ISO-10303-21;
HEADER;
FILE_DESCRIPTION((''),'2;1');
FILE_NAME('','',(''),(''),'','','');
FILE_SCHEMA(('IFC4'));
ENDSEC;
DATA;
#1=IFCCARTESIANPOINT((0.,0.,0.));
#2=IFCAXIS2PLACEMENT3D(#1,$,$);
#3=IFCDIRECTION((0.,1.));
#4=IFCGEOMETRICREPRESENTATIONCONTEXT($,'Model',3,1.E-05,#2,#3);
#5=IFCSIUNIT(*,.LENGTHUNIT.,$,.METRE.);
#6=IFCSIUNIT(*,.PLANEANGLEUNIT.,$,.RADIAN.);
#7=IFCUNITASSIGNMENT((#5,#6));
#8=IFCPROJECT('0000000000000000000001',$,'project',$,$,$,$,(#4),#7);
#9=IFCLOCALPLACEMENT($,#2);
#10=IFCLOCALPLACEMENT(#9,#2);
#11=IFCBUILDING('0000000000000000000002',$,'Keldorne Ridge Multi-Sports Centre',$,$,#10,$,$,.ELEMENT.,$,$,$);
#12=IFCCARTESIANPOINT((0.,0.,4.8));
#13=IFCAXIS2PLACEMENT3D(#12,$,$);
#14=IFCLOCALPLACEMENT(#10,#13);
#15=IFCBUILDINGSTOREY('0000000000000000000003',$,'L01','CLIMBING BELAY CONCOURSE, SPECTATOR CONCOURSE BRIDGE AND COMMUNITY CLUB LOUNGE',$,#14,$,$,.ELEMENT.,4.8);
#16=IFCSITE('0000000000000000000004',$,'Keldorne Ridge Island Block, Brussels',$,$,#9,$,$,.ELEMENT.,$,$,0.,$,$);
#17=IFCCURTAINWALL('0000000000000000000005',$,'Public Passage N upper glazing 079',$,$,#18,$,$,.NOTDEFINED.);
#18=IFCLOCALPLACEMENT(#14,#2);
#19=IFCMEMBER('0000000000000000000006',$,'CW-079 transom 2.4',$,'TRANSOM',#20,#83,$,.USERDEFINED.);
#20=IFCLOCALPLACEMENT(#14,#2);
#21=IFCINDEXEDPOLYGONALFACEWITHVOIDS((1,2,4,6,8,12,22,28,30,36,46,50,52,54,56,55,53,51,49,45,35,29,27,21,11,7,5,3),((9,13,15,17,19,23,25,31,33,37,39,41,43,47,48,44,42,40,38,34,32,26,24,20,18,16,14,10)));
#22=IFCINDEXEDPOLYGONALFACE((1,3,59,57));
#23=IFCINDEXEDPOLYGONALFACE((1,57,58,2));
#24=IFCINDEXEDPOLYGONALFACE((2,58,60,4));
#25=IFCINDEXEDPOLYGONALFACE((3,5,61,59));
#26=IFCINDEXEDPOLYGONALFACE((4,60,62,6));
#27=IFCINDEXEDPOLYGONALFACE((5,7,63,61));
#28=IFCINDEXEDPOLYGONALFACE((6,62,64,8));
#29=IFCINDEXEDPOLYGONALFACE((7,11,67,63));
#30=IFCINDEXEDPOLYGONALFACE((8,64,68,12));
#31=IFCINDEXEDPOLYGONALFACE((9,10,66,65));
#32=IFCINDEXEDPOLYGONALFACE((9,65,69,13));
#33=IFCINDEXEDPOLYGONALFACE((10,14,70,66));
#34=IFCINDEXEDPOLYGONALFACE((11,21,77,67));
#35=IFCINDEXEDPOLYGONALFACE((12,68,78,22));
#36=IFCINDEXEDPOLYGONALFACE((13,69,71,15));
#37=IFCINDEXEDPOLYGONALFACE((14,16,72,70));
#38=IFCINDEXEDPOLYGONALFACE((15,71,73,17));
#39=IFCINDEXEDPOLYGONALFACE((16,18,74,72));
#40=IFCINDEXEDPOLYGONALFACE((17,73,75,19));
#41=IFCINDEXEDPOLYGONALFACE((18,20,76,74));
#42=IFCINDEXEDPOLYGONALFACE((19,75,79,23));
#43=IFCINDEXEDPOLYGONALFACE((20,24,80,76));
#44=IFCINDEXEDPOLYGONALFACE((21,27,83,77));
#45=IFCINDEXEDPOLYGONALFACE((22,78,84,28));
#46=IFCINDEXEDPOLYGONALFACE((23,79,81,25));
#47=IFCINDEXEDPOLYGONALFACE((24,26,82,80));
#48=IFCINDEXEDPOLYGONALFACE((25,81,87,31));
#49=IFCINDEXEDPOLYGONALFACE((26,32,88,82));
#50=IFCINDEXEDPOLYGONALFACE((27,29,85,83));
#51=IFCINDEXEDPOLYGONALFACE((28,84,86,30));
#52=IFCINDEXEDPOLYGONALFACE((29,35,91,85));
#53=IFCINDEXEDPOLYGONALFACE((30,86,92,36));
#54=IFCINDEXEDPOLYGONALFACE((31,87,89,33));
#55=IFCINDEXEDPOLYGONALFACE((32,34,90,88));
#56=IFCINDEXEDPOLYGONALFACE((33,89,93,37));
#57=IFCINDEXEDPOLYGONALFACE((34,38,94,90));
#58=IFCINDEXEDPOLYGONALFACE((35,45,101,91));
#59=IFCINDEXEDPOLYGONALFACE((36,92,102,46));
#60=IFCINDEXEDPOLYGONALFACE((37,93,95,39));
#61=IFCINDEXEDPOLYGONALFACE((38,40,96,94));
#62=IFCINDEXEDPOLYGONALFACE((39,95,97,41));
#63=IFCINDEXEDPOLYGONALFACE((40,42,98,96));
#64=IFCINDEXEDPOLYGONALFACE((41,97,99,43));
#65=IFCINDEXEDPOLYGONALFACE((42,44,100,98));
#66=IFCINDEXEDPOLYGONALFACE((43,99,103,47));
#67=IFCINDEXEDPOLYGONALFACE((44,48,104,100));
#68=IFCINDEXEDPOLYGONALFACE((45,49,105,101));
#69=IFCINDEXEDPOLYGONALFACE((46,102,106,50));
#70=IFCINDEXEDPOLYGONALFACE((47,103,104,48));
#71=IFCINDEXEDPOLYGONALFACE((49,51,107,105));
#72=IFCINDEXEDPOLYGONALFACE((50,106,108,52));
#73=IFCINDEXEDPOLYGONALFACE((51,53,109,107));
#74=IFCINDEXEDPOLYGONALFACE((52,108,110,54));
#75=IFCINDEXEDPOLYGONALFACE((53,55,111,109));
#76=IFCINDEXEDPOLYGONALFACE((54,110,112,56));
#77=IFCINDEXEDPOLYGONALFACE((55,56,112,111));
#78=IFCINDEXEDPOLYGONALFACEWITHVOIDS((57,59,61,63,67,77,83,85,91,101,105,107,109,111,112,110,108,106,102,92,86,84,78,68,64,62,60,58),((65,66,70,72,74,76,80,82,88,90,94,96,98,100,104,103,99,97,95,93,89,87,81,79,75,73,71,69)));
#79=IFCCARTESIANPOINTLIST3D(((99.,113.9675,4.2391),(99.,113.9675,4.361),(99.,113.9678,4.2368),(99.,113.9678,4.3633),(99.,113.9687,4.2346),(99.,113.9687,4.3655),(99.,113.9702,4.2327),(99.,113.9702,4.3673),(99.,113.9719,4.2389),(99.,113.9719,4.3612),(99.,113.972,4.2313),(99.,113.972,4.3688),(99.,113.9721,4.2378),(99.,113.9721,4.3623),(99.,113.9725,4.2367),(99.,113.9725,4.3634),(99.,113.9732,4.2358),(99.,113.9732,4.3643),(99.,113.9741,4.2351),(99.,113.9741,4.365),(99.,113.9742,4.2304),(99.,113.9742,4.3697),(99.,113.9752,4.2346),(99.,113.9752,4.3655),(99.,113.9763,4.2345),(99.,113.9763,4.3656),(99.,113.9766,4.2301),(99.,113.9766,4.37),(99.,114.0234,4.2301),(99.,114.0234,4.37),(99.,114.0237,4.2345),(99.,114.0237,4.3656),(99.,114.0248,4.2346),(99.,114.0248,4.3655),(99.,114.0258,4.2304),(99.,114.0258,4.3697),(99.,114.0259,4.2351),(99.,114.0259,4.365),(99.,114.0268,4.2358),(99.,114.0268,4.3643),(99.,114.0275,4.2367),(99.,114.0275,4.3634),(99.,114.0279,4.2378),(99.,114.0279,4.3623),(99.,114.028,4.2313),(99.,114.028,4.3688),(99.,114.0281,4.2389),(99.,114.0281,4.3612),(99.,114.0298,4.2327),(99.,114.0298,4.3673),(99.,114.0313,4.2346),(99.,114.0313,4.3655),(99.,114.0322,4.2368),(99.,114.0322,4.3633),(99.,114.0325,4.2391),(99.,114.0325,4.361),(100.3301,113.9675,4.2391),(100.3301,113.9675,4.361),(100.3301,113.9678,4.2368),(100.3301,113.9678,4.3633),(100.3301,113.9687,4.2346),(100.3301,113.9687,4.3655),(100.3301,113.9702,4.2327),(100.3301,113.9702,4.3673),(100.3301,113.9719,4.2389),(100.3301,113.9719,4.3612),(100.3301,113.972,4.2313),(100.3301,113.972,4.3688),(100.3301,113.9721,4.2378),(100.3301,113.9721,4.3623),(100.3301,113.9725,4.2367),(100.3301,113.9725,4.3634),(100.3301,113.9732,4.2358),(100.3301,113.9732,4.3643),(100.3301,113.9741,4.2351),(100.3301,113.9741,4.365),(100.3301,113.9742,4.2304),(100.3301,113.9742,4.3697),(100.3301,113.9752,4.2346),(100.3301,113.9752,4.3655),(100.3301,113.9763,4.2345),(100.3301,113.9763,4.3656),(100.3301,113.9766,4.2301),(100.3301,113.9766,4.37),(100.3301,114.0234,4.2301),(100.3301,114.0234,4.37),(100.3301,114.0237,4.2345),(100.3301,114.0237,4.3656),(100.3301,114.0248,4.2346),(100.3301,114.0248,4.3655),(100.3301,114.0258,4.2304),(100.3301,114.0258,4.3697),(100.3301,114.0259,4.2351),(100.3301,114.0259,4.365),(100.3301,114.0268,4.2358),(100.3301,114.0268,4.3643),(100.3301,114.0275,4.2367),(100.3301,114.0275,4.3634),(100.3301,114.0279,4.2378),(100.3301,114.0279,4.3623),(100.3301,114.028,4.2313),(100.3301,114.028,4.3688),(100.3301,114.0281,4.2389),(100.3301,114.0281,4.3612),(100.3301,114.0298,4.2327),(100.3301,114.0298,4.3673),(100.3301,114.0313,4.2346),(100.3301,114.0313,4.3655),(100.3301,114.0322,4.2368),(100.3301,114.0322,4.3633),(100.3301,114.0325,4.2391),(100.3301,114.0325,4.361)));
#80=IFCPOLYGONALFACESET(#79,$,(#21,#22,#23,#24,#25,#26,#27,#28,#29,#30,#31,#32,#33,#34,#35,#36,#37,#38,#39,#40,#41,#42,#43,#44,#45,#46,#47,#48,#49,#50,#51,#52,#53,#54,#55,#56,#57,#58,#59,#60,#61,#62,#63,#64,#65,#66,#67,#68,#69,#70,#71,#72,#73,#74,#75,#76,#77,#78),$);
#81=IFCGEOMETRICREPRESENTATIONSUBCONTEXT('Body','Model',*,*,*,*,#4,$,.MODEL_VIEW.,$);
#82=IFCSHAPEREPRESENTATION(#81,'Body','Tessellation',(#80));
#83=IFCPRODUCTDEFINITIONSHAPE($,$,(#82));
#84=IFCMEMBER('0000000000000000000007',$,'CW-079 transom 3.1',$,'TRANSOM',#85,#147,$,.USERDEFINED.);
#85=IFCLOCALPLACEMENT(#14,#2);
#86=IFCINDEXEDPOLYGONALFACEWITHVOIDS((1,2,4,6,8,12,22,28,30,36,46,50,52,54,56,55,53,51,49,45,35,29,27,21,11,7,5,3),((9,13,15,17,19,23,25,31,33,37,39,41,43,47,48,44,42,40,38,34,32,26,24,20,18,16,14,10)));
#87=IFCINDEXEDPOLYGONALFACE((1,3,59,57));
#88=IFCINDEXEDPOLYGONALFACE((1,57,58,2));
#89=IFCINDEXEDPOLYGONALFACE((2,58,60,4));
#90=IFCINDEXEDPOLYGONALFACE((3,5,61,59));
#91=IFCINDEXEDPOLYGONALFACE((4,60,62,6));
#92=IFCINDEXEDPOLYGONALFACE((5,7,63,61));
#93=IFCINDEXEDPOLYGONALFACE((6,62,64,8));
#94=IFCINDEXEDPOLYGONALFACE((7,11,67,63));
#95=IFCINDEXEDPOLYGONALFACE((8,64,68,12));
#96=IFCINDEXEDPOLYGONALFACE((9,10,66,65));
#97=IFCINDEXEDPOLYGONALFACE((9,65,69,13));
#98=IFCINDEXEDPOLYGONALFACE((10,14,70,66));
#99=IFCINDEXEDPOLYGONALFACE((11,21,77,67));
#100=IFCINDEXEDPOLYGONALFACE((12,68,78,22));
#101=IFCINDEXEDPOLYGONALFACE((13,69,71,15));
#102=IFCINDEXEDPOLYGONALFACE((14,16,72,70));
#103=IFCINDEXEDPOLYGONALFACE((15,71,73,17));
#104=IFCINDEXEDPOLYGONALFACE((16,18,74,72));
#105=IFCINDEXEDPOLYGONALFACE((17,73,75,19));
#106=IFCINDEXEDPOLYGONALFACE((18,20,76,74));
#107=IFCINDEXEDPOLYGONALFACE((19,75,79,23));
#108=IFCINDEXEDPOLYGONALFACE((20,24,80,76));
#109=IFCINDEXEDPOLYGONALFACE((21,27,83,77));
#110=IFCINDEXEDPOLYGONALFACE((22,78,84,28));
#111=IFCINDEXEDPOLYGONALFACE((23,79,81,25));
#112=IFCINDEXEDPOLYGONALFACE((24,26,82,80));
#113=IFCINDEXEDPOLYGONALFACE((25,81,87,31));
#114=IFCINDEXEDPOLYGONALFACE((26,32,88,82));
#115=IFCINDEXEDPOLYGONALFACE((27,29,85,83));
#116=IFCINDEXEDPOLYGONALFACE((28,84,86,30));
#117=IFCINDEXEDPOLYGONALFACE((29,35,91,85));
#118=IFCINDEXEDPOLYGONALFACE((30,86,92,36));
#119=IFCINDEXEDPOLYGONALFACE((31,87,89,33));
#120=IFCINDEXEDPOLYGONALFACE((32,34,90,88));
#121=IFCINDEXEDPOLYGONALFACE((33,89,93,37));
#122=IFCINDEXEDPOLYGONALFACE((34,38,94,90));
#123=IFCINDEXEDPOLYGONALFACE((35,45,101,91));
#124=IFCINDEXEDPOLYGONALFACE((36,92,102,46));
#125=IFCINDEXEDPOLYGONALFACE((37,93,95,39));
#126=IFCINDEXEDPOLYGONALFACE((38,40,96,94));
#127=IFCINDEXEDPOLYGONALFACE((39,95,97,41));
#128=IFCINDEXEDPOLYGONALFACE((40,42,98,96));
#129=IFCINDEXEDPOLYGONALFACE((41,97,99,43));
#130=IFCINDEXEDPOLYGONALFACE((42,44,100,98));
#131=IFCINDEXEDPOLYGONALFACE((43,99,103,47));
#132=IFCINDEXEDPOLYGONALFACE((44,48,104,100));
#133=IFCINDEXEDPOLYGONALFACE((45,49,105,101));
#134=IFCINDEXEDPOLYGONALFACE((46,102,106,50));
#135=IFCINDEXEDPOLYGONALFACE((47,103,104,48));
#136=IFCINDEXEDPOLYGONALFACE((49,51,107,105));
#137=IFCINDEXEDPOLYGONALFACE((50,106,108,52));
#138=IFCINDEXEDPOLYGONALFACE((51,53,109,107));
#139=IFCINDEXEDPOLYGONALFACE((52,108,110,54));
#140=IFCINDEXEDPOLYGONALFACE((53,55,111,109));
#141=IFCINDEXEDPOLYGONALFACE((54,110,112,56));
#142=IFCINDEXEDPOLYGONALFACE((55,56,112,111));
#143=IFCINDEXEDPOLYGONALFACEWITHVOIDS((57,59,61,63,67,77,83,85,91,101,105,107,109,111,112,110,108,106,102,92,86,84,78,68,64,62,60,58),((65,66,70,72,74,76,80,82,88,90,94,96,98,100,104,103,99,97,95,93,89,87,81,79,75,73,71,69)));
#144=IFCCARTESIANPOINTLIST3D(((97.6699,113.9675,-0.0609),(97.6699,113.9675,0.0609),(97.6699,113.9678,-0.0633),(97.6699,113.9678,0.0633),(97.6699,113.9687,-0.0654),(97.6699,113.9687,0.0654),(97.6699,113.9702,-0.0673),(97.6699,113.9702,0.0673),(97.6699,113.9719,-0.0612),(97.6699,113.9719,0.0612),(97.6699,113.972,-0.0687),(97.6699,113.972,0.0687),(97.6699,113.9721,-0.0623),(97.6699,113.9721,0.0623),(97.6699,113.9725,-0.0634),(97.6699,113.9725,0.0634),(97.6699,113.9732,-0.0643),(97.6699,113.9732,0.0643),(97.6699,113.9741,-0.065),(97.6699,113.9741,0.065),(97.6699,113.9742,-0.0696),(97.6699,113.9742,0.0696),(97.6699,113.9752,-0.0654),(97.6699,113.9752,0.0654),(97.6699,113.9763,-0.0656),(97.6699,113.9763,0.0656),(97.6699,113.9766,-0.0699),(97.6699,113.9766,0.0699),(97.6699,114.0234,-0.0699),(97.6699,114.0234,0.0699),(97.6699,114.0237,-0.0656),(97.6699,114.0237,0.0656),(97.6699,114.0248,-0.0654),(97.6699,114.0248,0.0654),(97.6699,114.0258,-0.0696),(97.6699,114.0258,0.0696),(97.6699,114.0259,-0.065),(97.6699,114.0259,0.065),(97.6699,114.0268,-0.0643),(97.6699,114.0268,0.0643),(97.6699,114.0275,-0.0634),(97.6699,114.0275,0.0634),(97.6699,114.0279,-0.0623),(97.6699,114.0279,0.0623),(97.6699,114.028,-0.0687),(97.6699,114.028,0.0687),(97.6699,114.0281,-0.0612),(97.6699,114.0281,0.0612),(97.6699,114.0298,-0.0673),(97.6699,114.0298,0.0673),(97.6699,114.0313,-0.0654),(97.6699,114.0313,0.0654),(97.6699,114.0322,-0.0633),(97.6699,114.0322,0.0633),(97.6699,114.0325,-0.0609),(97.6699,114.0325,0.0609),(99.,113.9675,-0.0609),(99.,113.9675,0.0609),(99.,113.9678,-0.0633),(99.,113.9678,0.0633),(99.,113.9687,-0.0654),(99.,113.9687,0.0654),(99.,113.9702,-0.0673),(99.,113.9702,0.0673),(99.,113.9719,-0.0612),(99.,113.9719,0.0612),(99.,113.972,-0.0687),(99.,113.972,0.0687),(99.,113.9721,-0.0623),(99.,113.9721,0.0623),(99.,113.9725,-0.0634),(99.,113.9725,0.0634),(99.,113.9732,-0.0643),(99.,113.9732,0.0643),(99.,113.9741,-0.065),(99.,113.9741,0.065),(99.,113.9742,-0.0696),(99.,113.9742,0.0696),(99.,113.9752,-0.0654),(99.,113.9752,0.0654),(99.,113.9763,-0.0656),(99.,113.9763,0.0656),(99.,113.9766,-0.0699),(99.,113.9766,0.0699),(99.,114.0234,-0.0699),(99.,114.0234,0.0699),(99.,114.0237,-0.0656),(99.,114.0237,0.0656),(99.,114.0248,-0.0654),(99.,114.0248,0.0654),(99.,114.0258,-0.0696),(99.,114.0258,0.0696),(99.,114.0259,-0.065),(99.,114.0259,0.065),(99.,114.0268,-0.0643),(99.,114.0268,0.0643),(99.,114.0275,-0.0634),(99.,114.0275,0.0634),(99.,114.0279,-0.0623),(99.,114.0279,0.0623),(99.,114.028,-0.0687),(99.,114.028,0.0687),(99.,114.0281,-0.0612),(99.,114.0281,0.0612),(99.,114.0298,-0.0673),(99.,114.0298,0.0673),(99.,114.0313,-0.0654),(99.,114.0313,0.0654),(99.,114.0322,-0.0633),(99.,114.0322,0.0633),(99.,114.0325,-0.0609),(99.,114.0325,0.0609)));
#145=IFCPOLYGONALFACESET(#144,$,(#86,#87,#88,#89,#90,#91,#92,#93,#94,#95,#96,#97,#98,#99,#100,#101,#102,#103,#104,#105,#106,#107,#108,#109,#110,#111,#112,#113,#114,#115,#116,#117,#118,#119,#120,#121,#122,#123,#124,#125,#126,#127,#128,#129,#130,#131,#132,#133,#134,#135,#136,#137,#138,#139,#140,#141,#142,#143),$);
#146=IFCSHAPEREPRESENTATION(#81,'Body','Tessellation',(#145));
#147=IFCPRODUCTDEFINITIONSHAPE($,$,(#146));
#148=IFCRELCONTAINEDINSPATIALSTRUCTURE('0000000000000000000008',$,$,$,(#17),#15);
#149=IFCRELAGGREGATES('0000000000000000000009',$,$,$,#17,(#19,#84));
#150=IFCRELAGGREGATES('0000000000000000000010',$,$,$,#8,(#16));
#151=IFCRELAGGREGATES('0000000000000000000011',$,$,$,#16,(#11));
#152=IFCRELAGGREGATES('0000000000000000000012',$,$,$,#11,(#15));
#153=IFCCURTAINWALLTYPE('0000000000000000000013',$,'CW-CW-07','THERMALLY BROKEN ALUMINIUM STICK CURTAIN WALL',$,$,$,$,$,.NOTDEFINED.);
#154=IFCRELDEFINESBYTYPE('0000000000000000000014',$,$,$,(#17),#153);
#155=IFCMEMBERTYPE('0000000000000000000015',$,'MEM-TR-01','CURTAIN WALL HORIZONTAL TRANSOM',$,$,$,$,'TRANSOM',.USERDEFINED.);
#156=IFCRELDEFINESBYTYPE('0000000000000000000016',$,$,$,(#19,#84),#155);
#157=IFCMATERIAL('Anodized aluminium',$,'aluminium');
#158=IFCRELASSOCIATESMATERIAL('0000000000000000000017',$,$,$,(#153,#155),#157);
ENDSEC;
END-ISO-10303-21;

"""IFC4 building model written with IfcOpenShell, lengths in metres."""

from ifc_helpers import new_model, si_unit, direction, frame, origin, origin_2d, place, context, subcontext, project, spatial, hollow_rectangle, extrude, material, material_profile, profile_set, type_object, element, aggregate, save


model = new_model("IFC4")

# Units and contexts
model_context = context("Model", 3, precision=1e-05, world=origin(), true_north=direction((0.0, 1.0)))
body_context = subcontext(model_context, "Body", "Model", "MODEL_VIEW")
ifc_project = project(units=[si_unit("LENGTHUNIT", "METRE"), si_unit("PLANEANGLEUNIT", "RADIAN")], contexts=[model_context])

# Site, building, storey
site_placement = place(None, origin())
site = spatial("IfcSite", under=ifc_project, at=site_placement, Name="Keldorne Ridge Island Block, Brussels", CompositionType="ELEMENT", RefElevation=0.0)
building_placement = place(site_placement, origin())
building = spatial("IfcBuilding", under=site, at=building_placement, Name="Keldorne Ridge Multi-Sports Centre", CompositionType="ELEMENT")
storey_placement = place(building_placement, frame((0.0, 0.0, 4.8)))
storey = spatial("IfcBuildingStorey", under=building, at=storey_placement, Name="L01", Description="CLIMBING BELAY CONCOURSE, SPECTATOR CONCOURSE BRIDGE AND COMMUNITY CLUB LOUNGE", CompositionType="ELEMENT", Elevation=4.8)

# Curtain wall, members
ifc_material_1 = material(Name="Anodized aluminium", Category="aluminium")
curtain_wall_type = type_object("IfcCurtainWallType", Name="CW-CW-07", Description="THERMALLY BROKEN ALUMINIUM STICK CURTAIN WALL", PredefinedType="NOTDEFINED", material=ifc_material_1)
curtain_wall_placement = place(storey_placement, origin())
curtain_wall = element("IfcCurtainWall", 1, at=curtain_wall_placement, inside=storey, type_object=curtain_wall_type, Name="Public Passage N upper glazing 079", PredefinedType="NOTDEFINED")
ifc_material_profile_1 = material_profile(ifc_material_1, hollow_rectangle(XDim=0.0649, YDim=0.1399, WallThickness=0.0044, InnerFilletRadius=0.0044, OuterFilletRadius=0.009, at=origin_2d()), Name="ALU TRANSOM 140x65x4.5")
ifc_profile_set_1 = profile_set([ifc_material_profile_1], Name="Anodized aluminium")
member_type_1 = type_object("IfcMemberType", Name="MEM-TR-01", Description="CURTAIN WALL HORIZONTAL TRANSOM", ElementType="TRANSOM", PredefinedType="USERDEFINED", material=ifc_profile_set_1)
member_1_placement = place(storey_placement, frame((100.3301, 114.0, 4.3), z_axis=(-1.0, 0.0, 0.0), x_axis=(0.0, -1.0, 0.0)))
member_1 = element("IfcMember", 2, at=member_1_placement, type_object=member_type_1, Name="CW-079 transom 2.4", ObjectType="TRANSOM", PredefinedType="USERDEFINED", context=body_context, shape_type="SweptSolid", body=[
    extrude(hollow_rectangle(XDim=0.0649, YDim=0.1399, WallThickness=0.0044, InnerFilletRadius=0.0044, OuterFilletRadius=0.009, at=origin_2d()), origin(), (0.0, 0.0, 1.0), 1.3301),
])
member_2_placement = place(storey_placement, frame((99.0, 114.0, 0.0), z_axis=(-1.0, 0.0, 0.0), x_axis=(0.0, -1.0, 0.0)))
member_2 = element("IfcMember", 3, at=member_2_placement, type_object=member_type_1, Name="CW-079 transom 3.1", ObjectType="TRANSOM", PredefinedType="USERDEFINED", context=body_context, shape_type="SweptSolid", body=[
    extrude(hollow_rectangle(XDim=0.0649, YDim=0.1399, WallThickness=0.0044, InnerFilletRadius=0.0044, OuterFilletRadius=0.009, at=origin_2d()), origin(), (0.0, 0.0, 1.0), 1.3301),
])
aggregate(curtain_wall, [member_1, member_2])

save(model, "model.ifc")
